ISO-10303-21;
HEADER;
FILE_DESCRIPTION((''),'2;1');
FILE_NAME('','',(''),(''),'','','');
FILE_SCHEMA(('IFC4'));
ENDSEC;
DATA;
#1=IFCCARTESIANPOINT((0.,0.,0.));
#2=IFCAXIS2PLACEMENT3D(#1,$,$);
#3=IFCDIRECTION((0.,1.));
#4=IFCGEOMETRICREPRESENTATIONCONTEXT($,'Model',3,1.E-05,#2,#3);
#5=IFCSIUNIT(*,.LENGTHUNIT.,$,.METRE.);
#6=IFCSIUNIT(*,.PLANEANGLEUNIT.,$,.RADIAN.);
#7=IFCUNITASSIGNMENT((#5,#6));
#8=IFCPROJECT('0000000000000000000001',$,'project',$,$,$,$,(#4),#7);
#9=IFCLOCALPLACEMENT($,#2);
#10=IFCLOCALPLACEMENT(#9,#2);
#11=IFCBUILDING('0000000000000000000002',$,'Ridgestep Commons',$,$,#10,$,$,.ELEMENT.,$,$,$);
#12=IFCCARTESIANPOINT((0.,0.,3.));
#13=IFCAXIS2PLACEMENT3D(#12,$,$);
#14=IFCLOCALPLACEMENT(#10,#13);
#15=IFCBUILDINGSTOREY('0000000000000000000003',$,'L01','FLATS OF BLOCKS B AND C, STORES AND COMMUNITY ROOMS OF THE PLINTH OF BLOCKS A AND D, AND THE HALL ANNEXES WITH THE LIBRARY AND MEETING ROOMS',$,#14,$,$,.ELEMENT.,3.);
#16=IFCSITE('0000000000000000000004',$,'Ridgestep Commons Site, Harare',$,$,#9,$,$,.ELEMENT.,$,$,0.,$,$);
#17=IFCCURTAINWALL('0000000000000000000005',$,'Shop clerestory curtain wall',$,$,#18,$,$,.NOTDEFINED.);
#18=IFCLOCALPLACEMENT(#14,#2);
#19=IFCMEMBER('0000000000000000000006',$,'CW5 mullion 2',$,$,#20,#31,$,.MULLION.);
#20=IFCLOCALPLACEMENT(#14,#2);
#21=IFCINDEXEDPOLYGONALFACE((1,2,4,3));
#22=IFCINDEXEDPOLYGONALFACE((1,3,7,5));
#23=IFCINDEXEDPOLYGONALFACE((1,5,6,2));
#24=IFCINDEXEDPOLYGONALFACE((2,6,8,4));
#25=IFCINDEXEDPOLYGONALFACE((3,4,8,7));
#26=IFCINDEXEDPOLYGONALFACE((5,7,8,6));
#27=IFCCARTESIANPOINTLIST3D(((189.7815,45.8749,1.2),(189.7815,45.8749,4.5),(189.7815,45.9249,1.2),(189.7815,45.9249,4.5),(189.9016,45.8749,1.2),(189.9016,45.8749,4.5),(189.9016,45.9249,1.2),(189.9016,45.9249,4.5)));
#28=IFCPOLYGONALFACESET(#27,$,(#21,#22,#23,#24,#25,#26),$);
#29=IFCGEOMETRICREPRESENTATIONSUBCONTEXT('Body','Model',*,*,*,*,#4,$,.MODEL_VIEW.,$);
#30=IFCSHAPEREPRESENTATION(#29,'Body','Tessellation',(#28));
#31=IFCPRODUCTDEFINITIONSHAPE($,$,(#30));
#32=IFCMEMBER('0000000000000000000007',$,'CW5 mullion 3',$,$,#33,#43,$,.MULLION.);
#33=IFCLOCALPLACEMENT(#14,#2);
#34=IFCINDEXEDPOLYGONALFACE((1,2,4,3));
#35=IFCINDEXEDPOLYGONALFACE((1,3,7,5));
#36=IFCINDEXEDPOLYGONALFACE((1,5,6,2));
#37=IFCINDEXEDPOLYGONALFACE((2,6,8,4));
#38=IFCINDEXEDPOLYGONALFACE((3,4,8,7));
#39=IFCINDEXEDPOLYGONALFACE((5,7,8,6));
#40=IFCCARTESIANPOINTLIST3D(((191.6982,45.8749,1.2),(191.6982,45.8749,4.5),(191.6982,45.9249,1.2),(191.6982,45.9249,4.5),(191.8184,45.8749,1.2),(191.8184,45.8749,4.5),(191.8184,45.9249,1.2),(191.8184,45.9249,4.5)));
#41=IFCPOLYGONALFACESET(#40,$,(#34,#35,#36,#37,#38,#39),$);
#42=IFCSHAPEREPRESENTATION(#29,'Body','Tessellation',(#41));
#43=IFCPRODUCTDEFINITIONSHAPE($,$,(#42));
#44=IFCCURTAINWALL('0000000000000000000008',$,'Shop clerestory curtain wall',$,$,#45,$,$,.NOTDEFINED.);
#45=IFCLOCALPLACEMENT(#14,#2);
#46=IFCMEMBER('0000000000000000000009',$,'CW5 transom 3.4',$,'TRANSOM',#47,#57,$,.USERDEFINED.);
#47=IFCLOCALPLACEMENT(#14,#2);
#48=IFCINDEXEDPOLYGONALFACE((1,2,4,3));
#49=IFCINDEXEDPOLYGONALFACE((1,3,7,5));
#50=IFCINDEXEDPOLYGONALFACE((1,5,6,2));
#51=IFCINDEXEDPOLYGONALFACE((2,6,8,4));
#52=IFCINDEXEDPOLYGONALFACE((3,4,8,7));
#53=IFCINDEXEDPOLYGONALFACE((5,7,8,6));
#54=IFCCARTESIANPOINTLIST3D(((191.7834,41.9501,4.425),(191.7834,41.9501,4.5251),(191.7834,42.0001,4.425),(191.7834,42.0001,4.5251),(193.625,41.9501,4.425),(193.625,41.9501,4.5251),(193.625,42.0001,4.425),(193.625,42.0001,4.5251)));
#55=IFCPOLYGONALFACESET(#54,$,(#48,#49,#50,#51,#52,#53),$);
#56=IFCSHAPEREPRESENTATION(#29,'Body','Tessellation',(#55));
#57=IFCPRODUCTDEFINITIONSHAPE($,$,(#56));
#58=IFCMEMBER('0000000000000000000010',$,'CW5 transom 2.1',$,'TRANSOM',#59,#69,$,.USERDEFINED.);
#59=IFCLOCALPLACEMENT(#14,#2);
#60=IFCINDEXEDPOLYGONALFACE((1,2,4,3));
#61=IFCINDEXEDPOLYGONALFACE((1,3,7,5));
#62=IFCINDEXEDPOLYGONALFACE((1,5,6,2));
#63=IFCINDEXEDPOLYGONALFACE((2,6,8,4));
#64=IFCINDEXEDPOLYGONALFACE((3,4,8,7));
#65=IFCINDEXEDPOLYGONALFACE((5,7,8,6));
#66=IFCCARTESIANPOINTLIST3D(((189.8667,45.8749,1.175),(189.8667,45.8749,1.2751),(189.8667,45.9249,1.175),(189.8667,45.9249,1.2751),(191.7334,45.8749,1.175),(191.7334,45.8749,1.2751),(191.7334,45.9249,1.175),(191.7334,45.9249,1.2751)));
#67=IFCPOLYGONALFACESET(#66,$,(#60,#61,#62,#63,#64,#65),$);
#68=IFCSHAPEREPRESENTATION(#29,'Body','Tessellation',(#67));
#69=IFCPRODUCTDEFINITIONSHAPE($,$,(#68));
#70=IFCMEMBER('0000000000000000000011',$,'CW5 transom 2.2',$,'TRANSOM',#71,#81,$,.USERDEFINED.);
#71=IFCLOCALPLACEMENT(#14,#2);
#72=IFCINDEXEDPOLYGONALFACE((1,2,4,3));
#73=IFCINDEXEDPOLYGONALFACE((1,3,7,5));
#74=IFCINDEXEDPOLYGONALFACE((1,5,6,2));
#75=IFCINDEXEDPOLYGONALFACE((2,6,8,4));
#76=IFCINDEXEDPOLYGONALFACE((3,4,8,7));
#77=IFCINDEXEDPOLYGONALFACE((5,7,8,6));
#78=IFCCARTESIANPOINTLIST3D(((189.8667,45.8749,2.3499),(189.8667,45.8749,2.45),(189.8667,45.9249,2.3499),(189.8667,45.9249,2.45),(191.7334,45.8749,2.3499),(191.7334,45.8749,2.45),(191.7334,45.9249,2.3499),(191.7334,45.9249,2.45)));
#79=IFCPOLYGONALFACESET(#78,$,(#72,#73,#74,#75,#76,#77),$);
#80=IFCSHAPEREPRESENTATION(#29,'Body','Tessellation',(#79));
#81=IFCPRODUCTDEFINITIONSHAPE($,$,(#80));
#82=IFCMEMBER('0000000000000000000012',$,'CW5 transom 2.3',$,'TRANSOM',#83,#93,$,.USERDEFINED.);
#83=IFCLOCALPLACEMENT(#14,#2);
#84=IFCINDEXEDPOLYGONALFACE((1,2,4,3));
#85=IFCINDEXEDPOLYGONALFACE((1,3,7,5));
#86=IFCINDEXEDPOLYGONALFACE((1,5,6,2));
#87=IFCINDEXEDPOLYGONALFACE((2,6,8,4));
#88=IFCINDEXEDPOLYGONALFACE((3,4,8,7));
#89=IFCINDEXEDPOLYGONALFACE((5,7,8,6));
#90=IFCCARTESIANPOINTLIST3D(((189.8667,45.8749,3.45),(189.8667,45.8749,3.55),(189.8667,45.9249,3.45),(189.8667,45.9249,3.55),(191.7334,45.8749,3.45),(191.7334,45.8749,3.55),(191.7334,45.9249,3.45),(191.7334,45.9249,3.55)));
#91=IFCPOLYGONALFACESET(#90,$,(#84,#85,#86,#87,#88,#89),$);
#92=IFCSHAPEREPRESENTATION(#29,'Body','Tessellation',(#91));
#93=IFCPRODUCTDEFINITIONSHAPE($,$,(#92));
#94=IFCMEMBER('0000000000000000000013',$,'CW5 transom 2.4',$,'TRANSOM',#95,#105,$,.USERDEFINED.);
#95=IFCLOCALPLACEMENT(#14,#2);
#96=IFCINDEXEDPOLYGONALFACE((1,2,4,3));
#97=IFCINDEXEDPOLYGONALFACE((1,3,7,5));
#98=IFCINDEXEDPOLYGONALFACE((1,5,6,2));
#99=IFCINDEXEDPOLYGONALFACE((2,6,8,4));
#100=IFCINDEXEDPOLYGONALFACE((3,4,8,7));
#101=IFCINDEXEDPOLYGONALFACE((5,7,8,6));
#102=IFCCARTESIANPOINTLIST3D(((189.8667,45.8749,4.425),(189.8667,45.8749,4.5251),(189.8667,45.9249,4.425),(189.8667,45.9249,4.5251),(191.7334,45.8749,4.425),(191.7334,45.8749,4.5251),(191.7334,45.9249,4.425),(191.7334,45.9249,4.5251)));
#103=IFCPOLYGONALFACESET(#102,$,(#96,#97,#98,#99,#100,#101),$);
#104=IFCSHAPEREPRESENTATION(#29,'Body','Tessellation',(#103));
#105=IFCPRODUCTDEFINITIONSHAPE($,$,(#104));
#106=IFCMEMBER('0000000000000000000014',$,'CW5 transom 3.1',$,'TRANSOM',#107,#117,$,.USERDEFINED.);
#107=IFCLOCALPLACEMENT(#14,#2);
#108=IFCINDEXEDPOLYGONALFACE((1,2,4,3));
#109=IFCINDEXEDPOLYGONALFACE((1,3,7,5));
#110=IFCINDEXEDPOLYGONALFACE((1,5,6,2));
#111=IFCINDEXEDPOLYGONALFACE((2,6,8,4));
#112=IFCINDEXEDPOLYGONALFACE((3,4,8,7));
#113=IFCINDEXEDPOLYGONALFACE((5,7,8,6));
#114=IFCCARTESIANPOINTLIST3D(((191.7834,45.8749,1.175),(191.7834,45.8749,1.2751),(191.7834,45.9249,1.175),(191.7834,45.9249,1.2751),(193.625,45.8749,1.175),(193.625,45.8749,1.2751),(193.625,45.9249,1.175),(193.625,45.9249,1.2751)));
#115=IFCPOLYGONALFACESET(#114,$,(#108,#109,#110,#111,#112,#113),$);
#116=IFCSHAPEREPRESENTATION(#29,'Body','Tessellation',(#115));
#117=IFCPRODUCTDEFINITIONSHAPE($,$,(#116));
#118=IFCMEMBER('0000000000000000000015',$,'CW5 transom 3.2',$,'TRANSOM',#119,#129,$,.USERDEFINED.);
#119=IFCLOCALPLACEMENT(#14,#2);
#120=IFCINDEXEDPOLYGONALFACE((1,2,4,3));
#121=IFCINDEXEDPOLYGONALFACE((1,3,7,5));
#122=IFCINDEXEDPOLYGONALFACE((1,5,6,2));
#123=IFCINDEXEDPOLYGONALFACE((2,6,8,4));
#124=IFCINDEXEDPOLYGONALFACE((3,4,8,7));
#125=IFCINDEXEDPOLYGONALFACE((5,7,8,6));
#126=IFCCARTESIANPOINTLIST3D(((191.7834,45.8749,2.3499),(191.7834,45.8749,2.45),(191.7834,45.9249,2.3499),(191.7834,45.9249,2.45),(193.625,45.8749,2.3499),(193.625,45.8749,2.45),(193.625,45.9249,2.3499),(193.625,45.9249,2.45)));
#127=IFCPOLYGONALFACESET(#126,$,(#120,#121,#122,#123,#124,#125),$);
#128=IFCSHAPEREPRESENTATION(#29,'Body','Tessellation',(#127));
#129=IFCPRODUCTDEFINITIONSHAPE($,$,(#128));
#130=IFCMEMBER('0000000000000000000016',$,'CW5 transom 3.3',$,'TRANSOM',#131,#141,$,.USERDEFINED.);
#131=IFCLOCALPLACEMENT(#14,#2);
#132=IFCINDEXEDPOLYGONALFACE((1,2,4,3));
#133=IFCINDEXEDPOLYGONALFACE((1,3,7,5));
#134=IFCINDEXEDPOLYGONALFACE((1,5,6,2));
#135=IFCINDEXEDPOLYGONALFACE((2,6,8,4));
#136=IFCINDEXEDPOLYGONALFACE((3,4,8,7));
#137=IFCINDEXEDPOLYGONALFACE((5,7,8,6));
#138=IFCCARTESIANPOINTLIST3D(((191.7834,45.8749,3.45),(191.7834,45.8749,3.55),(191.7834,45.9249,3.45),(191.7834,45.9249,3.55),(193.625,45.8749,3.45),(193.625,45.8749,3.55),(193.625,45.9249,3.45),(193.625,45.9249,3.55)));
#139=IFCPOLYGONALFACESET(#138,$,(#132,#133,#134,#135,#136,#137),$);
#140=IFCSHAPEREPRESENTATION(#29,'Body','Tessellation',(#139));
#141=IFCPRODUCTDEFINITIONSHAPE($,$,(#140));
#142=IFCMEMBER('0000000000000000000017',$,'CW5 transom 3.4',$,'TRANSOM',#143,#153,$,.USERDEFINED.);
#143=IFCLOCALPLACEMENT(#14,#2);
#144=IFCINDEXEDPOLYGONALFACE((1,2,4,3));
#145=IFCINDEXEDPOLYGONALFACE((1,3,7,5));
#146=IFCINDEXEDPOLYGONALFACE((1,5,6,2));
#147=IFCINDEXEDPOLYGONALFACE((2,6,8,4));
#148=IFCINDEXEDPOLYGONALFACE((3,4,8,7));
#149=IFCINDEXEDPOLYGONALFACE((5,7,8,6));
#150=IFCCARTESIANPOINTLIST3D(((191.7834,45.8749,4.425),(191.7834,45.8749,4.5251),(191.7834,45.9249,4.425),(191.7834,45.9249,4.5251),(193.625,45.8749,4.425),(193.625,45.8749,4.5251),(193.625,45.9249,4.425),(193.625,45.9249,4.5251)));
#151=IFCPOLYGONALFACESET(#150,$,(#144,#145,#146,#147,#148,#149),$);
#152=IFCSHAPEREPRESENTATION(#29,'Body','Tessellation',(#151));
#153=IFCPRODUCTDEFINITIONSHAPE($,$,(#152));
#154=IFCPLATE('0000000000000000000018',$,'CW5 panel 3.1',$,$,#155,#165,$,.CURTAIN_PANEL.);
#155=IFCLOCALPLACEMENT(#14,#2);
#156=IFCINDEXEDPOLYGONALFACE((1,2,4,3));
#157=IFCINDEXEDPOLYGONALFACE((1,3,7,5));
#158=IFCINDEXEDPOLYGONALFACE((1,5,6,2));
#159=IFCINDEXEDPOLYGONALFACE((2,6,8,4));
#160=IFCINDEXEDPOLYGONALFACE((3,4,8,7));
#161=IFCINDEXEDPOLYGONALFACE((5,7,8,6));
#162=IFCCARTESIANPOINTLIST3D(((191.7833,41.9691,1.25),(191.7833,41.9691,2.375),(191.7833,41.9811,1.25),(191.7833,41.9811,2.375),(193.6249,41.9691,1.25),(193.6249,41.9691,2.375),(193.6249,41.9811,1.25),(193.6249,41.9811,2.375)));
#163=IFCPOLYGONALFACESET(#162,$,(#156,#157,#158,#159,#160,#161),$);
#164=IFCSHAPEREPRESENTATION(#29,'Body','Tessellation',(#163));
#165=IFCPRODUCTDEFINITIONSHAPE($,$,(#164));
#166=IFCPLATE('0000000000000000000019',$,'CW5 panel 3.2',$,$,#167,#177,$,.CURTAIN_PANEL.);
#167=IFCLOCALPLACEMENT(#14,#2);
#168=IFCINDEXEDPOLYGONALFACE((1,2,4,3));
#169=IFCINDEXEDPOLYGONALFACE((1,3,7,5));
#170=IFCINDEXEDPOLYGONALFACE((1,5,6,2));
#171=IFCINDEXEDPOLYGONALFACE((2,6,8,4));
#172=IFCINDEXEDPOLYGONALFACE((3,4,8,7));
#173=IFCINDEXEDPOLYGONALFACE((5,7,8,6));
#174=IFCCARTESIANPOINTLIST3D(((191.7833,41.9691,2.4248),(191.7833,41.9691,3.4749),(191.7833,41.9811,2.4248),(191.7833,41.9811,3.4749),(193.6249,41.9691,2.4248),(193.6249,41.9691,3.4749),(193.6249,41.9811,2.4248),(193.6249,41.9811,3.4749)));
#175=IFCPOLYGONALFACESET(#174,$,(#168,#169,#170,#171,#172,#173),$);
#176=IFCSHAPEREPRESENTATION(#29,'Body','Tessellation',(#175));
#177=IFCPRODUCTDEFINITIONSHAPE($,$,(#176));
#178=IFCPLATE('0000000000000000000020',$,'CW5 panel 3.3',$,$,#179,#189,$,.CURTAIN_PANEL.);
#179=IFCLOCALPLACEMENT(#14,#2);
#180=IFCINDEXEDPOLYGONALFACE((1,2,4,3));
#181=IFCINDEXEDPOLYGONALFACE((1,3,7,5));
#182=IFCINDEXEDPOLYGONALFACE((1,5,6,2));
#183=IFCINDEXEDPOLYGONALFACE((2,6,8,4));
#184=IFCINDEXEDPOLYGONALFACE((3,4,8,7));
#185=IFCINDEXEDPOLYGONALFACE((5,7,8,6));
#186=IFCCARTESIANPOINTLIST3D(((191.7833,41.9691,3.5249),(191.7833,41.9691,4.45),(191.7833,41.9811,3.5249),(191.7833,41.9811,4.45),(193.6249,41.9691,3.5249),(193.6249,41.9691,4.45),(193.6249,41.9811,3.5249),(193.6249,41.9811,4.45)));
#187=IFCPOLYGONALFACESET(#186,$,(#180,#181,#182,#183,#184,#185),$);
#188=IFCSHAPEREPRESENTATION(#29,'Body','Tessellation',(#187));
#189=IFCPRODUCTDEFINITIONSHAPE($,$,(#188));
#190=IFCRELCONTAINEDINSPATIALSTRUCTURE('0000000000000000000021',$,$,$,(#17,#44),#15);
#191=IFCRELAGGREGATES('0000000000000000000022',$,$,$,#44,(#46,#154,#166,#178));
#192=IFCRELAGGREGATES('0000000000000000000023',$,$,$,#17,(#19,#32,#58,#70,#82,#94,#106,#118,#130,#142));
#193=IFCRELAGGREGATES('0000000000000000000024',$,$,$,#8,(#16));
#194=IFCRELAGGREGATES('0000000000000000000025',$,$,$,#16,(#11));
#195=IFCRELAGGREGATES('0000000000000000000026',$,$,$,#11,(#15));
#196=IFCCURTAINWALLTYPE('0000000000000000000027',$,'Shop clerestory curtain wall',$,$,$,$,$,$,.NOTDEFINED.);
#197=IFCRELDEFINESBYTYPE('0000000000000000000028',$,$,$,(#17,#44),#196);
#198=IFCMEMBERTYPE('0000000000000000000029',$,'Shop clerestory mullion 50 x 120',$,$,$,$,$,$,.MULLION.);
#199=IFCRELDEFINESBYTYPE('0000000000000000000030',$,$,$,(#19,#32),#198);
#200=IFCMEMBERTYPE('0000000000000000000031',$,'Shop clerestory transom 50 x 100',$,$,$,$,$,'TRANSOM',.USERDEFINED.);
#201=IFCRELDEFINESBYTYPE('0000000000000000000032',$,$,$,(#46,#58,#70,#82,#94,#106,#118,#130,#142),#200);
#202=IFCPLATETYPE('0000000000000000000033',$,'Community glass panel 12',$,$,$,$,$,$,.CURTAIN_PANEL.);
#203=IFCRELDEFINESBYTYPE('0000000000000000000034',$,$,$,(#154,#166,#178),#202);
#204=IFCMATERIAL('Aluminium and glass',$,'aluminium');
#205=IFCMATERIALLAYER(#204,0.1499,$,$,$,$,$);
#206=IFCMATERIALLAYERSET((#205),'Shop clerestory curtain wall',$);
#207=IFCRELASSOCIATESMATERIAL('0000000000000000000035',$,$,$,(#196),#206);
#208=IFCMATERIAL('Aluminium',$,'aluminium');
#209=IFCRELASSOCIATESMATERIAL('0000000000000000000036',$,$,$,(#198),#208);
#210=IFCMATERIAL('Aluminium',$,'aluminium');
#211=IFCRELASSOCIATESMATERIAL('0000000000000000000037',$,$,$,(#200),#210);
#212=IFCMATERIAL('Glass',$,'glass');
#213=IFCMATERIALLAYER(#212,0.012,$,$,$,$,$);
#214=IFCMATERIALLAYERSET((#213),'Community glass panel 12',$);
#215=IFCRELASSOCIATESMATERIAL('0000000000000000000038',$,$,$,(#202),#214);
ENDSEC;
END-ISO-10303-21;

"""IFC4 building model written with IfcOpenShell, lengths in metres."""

from ifc_helpers import new_model, si_unit, direction, frame, origin, origin_2d, place, context, subcontext, project, spatial, rectangle, extrude, material, layer, layer_set, material_profile, profile_set, type_object, element, aggregate, save


model = new_model("IFC4")

# Units and contexts
model_context = context("Model", 3, precision=1e-05, world=origin(), true_north=direction((0.0, 1.0)))
body_context = subcontext(model_context, "Body", "Model", "MODEL_VIEW")
ifc_project = project(units=[si_unit("LENGTHUNIT", "METRE"), si_unit("PLANEANGLEUNIT", "RADIAN")], contexts=[model_context])

# Site, building, storey
site_placement = place(None, origin())
site = spatial("IfcSite", under=ifc_project, at=site_placement, Name="Ridgestep Commons Site, Harare", CompositionType="ELEMENT", RefElevation=0.0)
building_placement = place(site_placement, origin())
building = spatial("IfcBuilding", under=site, at=building_placement, Name="Ridgestep Commons", CompositionType="ELEMENT")
storey_placement = place(building_placement, frame((0.0, 0.0, 3.0)))
storey = spatial("IfcBuildingStorey", under=building, at=storey_placement, Name="L01", Description="FLATS OF BLOCKS B AND C, STORES AND COMMUNITY ROOMS OF THE PLINTH OF BLOCKS A AND D, AND THE HALL ANNEXES WITH THE LIBRARY AND MEETING ROOMS", CompositionType="ELEMENT", Elevation=3.0)

# Curtain wall, members
ifc_material_1 = material(Name="Aluminium and glass", Category="aluminium")
ifc_layer_1 = layer(ifc_material_1, 0.1499)
ifc_layer_set_1 = layer_set([ifc_layer_1], Name="Shop clerestory curtain wall")
curtain_wall_type = type_object("IfcCurtainWallType", Name="Shop clerestory curtain wall", PredefinedType="NOTDEFINED", material=ifc_layer_set_1)
curtain_wall_1_placement = place(storey_placement, origin())
curtain_wall_1 = element("IfcCurtainWall", 1, at=curtain_wall_1_placement, inside=storey, type_object=curtain_wall_type, Name="Shop clerestory curtain wall", PredefinedType="NOTDEFINED")
ifc_material_2 = material(Name="Aluminium", Category="aluminium")
ifc_material_profile_1 = material_profile(ifc_material_2, rectangle(XDim=0.05, YDim=0.1201, at=origin_2d()), Name="Shop clerestory mullion 50 x 120")
ifc_profile_set_1 = profile_set([ifc_material_profile_1], Name="Aluminium")
member_type_1 = type_object("IfcMemberType", Name="Shop clerestory mullion 50 x 120", PredefinedType="MULLION", material=ifc_profile_set_1)
member_1_placement = place(storey_placement, frame((189.8416, 45.8999, 1.2), z_axis=(0.0, 0.0, 1.0), x_axis=(0.0, 1.0, 0.0)))
member_1 = element("IfcMember", 2, at=member_1_placement, type_object=member_type_1, Name="CW5 mullion 2", PredefinedType="MULLION", context=body_context, shape_type="SweptSolid", body=[
    extrude(rectangle(XDim=0.05, YDim=0.1201, at=origin_2d()), origin(), (0.0, 0.0, 1.0), 3.3),
])
member_2_placement = place(storey_placement, frame((191.7583, 45.8999, 1.2), z_axis=(0.0, 0.0, 1.0), x_axis=(0.0, 1.0, 0.0)))
member_2 = element("IfcMember", 3, at=member_2_placement, type_object=member_type_1, Name="CW5 mullion 3", PredefinedType="MULLION", context=body_context, shape_type="SweptSolid", body=[
    extrude(rectangle(XDim=0.05, YDim=0.1201, at=origin_2d()), origin(), (0.0, 0.0, 1.0), 3.3),
])

# Curtain wall, member
curtain_wall_2_placement = place(storey_placement, origin())
curtain_wall_2 = element("IfcCurtainWall", 4, at=curtain_wall_2_placement, inside=storey, type_object=curtain_wall_type, Name="Shop clerestory curtain wall", PredefinedType="NOTDEFINED")
ifc_material_3 = material(Name="Aluminium", Category="aluminium")
ifc_material_profile_2 = material_profile(ifc_material_3, rectangle(XDim=0.05, YDim=0.1001, at=origin_2d()), Name="Shop clerestory transom 50 x 100")
ifc_profile_set_2 = profile_set([ifc_material_profile_2], Name="Aluminium")
member_type_2 = type_object("IfcMemberType", Name="Shop clerestory transom 50 x 100", ElementType="TRANSOM", PredefinedType="USERDEFINED", material=ifc_profile_set_2)
member_3_placement = place(storey_placement, frame((191.7834, 41.9751, 4.4751), z_axis=(1.0, 0.0, 0.0), x_axis=(0.0, 1.0, 0.0)))
member_3 = element("IfcMember", 5, at=member_3_placement, type_object=member_type_2, Name="CW5 transom 3.4", ObjectType="TRANSOM", PredefinedType="USERDEFINED", context=body_context, shape_type="SweptSolid", body=[
    extrude(rectangle(XDim=0.05, YDim=0.1001, at=origin_2d()), origin(), (0.0, 0.0, 1.0), 1.8416),
])

# Members
member_4_placement = place(storey_placement, frame((189.8667, 45.8999, 1.2251), z_axis=(1.0, 0.0, 0.0), x_axis=(0.0, 1.0, 0.0)))
member_4 = element("IfcMember", 6, at=member_4_placement, type_object=member_type_2, Name="CW5 transom 2.1", ObjectType="TRANSOM", PredefinedType="USERDEFINED", context=body_context, shape_type="SweptSolid", body=[
    extrude(rectangle(XDim=0.05, YDim=0.1001, at=origin_2d()), origin(), (0.0, 0.0, 1.0), 1.8667),
])
member_5_placement = place(storey_placement, frame((189.8667, 45.8999, 2.3999), z_axis=(1.0, 0.0, 0.0), x_axis=(0.0, 1.0, 0.0)))
member_5 = element("IfcMember", 7, at=member_5_placement, type_object=member_type_2, Name="CW5 transom 2.2", ObjectType="TRANSOM", PredefinedType="USERDEFINED", context=body_context, shape_type="SweptSolid", body=[
    extrude(rectangle(XDim=0.05, YDim=0.1001, at=origin_2d()), origin(), (0.0, 0.0, 1.0), 1.8667),
])
member_6_placement = place(storey_placement, frame((189.8667, 45.8999, 3.5), z_axis=(1.0, 0.0, 0.0), x_axis=(0.0, 1.0, 0.0)))
member_6 = element("IfcMember", 8, at=member_6_placement, type_object=member_type_2, Name="CW5 transom 2.3", ObjectType="TRANSOM", PredefinedType="USERDEFINED", context=body_context, shape_type="SweptSolid", body=[
    extrude(rectangle(XDim=0.05, YDim=0.1001, at=origin_2d()), origin(), (0.0, 0.0, 1.0), 1.8667),
])
member_7_placement = place(storey_placement, frame((189.8667, 45.8999, 4.4751), z_axis=(1.0, 0.0, 0.0), x_axis=(0.0, 1.0, 0.0)))
member_7 = element("IfcMember", 9, at=member_7_placement, type_object=member_type_2, Name="CW5 transom 2.4", ObjectType="TRANSOM", PredefinedType="USERDEFINED", context=body_context, shape_type="SweptSolid", body=[
    extrude(rectangle(XDim=0.05, YDim=0.1001, at=origin_2d()), origin(), (0.0, 0.0, 1.0), 1.8667),
])
member_8_placement = place(storey_placement, frame((191.7834, 45.8999, 1.2251), z_axis=(1.0, 0.0, 0.0), x_axis=(0.0, 1.0, 0.0)))
member_8 = element("IfcMember", 10, at=member_8_placement, type_object=member_type_2, Name="CW5 transom 3.1", ObjectType="TRANSOM", PredefinedType="USERDEFINED", context=body_context, shape_type="SweptSolid", body=[
    extrude(rectangle(XDim=0.05, YDim=0.1001, at=origin_2d()), origin(), (0.0, 0.0, 1.0), 1.8416),
])
member_9_placement = place(storey_placement, frame((191.7834, 45.8999, 2.3999), z_axis=(1.0, 0.0, 0.0), x_axis=(0.0, 1.0, 0.0)))
member_9 = element("IfcMember", 11, at=member_9_placement, type_object=member_type_2, Name="CW5 transom 3.2", ObjectType="TRANSOM", PredefinedType="USERDEFINED", context=body_context, shape_type="SweptSolid", body=[
    extrude(rectangle(XDim=0.05, YDim=0.1001, at=origin_2d()), origin(), (0.0, 0.0, 1.0), 1.8416),
])
member_10_placement = place(storey_placement, frame((191.7834, 45.8999, 3.5), z_axis=(1.0, 0.0, 0.0), x_axis=(0.0, 1.0, 0.0)))
member_10 = element("IfcMember", 12, at=member_10_placement, type_object=member_type_2, Name="CW5 transom 3.3", ObjectType="TRANSOM", PredefinedType="USERDEFINED", context=body_context, shape_type="SweptSolid", body=[
    extrude(rectangle(XDim=0.05, YDim=0.1001, at=origin_2d()), origin(), (0.0, 0.0, 1.0), 1.8416),
])
member_11_placement = place(storey_placement, frame((191.7834, 45.8999, 4.4751), z_axis=(1.0, 0.0, 0.0), x_axis=(0.0, 1.0, 0.0)))
member_11 = element("IfcMember", 13, at=member_11_placement, type_object=member_type_2, Name="CW5 transom 3.4", ObjectType="TRANSOM", PredefinedType="USERDEFINED", context=body_context, shape_type="SweptSolid", body=[
    extrude(rectangle(XDim=0.05, YDim=0.1001, at=origin_2d()), origin(), (0.0, 0.0, 1.0), 1.8416),
])

# Plates
ifc_material_4 = material(Name="Glass", Category="glass")
ifc_layer_2 = layer(ifc_material_4, 0.012)
ifc_layer_set_2 = layer_set([ifc_layer_2], Name="Community glass panel 12")
plate_type = type_object("IfcPlateType", Name="Community glass panel 12", PredefinedType="CURTAIN_PANEL", material=ifc_layer_set_2)
plate_1_placement = place(storey_placement, frame((192.7041, 41.9751, 1.25), z_axis=(0.0, 0.0, 1.0), x_axis=(1.0, 0.0, 0.0)))
plate_1 = element("IfcPlate", 14, at=plate_1_placement, type_object=plate_type, Name="CW5 panel 3.1", PredefinedType="CURTAIN_PANEL", context=body_context, shape_type="SweptSolid", body=[
    extrude(rectangle(XDim=1.8416, YDim=0.012, at=origin_2d()), origin(), (0.0, 0.0, 1.0), 1.125),
])
plate_2_placement = place(storey_placement, frame((192.7041, 41.9751, 2.4248), z_axis=(0.0, 0.0, 1.0), x_axis=(1.0, 0.0, 0.0)))
plate_2 = element("IfcPlate", 15, at=plate_2_placement, type_object=plate_type, Name="CW5 panel 3.2", PredefinedType="CURTAIN_PANEL", context=body_context, shape_type="SweptSolid", body=[
    extrude(rectangle(XDim=1.8416, YDim=0.012, at=origin_2d()), origin(), (0.0, 0.0, 1.0), 1.05),
])
plate_3_placement = place(storey_placement, frame((192.7041, 41.9751, 3.5249), z_axis=(0.0, 0.0, 1.0), x_axis=(1.0, 0.0, 0.0)))
plate_3 = element("IfcPlate", 16, at=plate_3_placement, type_object=plate_type, Name="CW5 panel 3.3", PredefinedType="CURTAIN_PANEL", context=body_context, shape_type="SweptSolid", body=[
    extrude(rectangle(XDim=1.8416, YDim=0.012, at=origin_2d()), origin(), (0.0, 0.0, 1.0), 0.925),
])
aggregate(curtain_wall_2, [member_3, plate_1, plate_2, plate_3])
aggregate(curtain_wall_1, [member_1, member_2, member_4, member_5, member_6, member_7, member_8, member_9, member_10, member_11])

save(model, "model.ifc")
